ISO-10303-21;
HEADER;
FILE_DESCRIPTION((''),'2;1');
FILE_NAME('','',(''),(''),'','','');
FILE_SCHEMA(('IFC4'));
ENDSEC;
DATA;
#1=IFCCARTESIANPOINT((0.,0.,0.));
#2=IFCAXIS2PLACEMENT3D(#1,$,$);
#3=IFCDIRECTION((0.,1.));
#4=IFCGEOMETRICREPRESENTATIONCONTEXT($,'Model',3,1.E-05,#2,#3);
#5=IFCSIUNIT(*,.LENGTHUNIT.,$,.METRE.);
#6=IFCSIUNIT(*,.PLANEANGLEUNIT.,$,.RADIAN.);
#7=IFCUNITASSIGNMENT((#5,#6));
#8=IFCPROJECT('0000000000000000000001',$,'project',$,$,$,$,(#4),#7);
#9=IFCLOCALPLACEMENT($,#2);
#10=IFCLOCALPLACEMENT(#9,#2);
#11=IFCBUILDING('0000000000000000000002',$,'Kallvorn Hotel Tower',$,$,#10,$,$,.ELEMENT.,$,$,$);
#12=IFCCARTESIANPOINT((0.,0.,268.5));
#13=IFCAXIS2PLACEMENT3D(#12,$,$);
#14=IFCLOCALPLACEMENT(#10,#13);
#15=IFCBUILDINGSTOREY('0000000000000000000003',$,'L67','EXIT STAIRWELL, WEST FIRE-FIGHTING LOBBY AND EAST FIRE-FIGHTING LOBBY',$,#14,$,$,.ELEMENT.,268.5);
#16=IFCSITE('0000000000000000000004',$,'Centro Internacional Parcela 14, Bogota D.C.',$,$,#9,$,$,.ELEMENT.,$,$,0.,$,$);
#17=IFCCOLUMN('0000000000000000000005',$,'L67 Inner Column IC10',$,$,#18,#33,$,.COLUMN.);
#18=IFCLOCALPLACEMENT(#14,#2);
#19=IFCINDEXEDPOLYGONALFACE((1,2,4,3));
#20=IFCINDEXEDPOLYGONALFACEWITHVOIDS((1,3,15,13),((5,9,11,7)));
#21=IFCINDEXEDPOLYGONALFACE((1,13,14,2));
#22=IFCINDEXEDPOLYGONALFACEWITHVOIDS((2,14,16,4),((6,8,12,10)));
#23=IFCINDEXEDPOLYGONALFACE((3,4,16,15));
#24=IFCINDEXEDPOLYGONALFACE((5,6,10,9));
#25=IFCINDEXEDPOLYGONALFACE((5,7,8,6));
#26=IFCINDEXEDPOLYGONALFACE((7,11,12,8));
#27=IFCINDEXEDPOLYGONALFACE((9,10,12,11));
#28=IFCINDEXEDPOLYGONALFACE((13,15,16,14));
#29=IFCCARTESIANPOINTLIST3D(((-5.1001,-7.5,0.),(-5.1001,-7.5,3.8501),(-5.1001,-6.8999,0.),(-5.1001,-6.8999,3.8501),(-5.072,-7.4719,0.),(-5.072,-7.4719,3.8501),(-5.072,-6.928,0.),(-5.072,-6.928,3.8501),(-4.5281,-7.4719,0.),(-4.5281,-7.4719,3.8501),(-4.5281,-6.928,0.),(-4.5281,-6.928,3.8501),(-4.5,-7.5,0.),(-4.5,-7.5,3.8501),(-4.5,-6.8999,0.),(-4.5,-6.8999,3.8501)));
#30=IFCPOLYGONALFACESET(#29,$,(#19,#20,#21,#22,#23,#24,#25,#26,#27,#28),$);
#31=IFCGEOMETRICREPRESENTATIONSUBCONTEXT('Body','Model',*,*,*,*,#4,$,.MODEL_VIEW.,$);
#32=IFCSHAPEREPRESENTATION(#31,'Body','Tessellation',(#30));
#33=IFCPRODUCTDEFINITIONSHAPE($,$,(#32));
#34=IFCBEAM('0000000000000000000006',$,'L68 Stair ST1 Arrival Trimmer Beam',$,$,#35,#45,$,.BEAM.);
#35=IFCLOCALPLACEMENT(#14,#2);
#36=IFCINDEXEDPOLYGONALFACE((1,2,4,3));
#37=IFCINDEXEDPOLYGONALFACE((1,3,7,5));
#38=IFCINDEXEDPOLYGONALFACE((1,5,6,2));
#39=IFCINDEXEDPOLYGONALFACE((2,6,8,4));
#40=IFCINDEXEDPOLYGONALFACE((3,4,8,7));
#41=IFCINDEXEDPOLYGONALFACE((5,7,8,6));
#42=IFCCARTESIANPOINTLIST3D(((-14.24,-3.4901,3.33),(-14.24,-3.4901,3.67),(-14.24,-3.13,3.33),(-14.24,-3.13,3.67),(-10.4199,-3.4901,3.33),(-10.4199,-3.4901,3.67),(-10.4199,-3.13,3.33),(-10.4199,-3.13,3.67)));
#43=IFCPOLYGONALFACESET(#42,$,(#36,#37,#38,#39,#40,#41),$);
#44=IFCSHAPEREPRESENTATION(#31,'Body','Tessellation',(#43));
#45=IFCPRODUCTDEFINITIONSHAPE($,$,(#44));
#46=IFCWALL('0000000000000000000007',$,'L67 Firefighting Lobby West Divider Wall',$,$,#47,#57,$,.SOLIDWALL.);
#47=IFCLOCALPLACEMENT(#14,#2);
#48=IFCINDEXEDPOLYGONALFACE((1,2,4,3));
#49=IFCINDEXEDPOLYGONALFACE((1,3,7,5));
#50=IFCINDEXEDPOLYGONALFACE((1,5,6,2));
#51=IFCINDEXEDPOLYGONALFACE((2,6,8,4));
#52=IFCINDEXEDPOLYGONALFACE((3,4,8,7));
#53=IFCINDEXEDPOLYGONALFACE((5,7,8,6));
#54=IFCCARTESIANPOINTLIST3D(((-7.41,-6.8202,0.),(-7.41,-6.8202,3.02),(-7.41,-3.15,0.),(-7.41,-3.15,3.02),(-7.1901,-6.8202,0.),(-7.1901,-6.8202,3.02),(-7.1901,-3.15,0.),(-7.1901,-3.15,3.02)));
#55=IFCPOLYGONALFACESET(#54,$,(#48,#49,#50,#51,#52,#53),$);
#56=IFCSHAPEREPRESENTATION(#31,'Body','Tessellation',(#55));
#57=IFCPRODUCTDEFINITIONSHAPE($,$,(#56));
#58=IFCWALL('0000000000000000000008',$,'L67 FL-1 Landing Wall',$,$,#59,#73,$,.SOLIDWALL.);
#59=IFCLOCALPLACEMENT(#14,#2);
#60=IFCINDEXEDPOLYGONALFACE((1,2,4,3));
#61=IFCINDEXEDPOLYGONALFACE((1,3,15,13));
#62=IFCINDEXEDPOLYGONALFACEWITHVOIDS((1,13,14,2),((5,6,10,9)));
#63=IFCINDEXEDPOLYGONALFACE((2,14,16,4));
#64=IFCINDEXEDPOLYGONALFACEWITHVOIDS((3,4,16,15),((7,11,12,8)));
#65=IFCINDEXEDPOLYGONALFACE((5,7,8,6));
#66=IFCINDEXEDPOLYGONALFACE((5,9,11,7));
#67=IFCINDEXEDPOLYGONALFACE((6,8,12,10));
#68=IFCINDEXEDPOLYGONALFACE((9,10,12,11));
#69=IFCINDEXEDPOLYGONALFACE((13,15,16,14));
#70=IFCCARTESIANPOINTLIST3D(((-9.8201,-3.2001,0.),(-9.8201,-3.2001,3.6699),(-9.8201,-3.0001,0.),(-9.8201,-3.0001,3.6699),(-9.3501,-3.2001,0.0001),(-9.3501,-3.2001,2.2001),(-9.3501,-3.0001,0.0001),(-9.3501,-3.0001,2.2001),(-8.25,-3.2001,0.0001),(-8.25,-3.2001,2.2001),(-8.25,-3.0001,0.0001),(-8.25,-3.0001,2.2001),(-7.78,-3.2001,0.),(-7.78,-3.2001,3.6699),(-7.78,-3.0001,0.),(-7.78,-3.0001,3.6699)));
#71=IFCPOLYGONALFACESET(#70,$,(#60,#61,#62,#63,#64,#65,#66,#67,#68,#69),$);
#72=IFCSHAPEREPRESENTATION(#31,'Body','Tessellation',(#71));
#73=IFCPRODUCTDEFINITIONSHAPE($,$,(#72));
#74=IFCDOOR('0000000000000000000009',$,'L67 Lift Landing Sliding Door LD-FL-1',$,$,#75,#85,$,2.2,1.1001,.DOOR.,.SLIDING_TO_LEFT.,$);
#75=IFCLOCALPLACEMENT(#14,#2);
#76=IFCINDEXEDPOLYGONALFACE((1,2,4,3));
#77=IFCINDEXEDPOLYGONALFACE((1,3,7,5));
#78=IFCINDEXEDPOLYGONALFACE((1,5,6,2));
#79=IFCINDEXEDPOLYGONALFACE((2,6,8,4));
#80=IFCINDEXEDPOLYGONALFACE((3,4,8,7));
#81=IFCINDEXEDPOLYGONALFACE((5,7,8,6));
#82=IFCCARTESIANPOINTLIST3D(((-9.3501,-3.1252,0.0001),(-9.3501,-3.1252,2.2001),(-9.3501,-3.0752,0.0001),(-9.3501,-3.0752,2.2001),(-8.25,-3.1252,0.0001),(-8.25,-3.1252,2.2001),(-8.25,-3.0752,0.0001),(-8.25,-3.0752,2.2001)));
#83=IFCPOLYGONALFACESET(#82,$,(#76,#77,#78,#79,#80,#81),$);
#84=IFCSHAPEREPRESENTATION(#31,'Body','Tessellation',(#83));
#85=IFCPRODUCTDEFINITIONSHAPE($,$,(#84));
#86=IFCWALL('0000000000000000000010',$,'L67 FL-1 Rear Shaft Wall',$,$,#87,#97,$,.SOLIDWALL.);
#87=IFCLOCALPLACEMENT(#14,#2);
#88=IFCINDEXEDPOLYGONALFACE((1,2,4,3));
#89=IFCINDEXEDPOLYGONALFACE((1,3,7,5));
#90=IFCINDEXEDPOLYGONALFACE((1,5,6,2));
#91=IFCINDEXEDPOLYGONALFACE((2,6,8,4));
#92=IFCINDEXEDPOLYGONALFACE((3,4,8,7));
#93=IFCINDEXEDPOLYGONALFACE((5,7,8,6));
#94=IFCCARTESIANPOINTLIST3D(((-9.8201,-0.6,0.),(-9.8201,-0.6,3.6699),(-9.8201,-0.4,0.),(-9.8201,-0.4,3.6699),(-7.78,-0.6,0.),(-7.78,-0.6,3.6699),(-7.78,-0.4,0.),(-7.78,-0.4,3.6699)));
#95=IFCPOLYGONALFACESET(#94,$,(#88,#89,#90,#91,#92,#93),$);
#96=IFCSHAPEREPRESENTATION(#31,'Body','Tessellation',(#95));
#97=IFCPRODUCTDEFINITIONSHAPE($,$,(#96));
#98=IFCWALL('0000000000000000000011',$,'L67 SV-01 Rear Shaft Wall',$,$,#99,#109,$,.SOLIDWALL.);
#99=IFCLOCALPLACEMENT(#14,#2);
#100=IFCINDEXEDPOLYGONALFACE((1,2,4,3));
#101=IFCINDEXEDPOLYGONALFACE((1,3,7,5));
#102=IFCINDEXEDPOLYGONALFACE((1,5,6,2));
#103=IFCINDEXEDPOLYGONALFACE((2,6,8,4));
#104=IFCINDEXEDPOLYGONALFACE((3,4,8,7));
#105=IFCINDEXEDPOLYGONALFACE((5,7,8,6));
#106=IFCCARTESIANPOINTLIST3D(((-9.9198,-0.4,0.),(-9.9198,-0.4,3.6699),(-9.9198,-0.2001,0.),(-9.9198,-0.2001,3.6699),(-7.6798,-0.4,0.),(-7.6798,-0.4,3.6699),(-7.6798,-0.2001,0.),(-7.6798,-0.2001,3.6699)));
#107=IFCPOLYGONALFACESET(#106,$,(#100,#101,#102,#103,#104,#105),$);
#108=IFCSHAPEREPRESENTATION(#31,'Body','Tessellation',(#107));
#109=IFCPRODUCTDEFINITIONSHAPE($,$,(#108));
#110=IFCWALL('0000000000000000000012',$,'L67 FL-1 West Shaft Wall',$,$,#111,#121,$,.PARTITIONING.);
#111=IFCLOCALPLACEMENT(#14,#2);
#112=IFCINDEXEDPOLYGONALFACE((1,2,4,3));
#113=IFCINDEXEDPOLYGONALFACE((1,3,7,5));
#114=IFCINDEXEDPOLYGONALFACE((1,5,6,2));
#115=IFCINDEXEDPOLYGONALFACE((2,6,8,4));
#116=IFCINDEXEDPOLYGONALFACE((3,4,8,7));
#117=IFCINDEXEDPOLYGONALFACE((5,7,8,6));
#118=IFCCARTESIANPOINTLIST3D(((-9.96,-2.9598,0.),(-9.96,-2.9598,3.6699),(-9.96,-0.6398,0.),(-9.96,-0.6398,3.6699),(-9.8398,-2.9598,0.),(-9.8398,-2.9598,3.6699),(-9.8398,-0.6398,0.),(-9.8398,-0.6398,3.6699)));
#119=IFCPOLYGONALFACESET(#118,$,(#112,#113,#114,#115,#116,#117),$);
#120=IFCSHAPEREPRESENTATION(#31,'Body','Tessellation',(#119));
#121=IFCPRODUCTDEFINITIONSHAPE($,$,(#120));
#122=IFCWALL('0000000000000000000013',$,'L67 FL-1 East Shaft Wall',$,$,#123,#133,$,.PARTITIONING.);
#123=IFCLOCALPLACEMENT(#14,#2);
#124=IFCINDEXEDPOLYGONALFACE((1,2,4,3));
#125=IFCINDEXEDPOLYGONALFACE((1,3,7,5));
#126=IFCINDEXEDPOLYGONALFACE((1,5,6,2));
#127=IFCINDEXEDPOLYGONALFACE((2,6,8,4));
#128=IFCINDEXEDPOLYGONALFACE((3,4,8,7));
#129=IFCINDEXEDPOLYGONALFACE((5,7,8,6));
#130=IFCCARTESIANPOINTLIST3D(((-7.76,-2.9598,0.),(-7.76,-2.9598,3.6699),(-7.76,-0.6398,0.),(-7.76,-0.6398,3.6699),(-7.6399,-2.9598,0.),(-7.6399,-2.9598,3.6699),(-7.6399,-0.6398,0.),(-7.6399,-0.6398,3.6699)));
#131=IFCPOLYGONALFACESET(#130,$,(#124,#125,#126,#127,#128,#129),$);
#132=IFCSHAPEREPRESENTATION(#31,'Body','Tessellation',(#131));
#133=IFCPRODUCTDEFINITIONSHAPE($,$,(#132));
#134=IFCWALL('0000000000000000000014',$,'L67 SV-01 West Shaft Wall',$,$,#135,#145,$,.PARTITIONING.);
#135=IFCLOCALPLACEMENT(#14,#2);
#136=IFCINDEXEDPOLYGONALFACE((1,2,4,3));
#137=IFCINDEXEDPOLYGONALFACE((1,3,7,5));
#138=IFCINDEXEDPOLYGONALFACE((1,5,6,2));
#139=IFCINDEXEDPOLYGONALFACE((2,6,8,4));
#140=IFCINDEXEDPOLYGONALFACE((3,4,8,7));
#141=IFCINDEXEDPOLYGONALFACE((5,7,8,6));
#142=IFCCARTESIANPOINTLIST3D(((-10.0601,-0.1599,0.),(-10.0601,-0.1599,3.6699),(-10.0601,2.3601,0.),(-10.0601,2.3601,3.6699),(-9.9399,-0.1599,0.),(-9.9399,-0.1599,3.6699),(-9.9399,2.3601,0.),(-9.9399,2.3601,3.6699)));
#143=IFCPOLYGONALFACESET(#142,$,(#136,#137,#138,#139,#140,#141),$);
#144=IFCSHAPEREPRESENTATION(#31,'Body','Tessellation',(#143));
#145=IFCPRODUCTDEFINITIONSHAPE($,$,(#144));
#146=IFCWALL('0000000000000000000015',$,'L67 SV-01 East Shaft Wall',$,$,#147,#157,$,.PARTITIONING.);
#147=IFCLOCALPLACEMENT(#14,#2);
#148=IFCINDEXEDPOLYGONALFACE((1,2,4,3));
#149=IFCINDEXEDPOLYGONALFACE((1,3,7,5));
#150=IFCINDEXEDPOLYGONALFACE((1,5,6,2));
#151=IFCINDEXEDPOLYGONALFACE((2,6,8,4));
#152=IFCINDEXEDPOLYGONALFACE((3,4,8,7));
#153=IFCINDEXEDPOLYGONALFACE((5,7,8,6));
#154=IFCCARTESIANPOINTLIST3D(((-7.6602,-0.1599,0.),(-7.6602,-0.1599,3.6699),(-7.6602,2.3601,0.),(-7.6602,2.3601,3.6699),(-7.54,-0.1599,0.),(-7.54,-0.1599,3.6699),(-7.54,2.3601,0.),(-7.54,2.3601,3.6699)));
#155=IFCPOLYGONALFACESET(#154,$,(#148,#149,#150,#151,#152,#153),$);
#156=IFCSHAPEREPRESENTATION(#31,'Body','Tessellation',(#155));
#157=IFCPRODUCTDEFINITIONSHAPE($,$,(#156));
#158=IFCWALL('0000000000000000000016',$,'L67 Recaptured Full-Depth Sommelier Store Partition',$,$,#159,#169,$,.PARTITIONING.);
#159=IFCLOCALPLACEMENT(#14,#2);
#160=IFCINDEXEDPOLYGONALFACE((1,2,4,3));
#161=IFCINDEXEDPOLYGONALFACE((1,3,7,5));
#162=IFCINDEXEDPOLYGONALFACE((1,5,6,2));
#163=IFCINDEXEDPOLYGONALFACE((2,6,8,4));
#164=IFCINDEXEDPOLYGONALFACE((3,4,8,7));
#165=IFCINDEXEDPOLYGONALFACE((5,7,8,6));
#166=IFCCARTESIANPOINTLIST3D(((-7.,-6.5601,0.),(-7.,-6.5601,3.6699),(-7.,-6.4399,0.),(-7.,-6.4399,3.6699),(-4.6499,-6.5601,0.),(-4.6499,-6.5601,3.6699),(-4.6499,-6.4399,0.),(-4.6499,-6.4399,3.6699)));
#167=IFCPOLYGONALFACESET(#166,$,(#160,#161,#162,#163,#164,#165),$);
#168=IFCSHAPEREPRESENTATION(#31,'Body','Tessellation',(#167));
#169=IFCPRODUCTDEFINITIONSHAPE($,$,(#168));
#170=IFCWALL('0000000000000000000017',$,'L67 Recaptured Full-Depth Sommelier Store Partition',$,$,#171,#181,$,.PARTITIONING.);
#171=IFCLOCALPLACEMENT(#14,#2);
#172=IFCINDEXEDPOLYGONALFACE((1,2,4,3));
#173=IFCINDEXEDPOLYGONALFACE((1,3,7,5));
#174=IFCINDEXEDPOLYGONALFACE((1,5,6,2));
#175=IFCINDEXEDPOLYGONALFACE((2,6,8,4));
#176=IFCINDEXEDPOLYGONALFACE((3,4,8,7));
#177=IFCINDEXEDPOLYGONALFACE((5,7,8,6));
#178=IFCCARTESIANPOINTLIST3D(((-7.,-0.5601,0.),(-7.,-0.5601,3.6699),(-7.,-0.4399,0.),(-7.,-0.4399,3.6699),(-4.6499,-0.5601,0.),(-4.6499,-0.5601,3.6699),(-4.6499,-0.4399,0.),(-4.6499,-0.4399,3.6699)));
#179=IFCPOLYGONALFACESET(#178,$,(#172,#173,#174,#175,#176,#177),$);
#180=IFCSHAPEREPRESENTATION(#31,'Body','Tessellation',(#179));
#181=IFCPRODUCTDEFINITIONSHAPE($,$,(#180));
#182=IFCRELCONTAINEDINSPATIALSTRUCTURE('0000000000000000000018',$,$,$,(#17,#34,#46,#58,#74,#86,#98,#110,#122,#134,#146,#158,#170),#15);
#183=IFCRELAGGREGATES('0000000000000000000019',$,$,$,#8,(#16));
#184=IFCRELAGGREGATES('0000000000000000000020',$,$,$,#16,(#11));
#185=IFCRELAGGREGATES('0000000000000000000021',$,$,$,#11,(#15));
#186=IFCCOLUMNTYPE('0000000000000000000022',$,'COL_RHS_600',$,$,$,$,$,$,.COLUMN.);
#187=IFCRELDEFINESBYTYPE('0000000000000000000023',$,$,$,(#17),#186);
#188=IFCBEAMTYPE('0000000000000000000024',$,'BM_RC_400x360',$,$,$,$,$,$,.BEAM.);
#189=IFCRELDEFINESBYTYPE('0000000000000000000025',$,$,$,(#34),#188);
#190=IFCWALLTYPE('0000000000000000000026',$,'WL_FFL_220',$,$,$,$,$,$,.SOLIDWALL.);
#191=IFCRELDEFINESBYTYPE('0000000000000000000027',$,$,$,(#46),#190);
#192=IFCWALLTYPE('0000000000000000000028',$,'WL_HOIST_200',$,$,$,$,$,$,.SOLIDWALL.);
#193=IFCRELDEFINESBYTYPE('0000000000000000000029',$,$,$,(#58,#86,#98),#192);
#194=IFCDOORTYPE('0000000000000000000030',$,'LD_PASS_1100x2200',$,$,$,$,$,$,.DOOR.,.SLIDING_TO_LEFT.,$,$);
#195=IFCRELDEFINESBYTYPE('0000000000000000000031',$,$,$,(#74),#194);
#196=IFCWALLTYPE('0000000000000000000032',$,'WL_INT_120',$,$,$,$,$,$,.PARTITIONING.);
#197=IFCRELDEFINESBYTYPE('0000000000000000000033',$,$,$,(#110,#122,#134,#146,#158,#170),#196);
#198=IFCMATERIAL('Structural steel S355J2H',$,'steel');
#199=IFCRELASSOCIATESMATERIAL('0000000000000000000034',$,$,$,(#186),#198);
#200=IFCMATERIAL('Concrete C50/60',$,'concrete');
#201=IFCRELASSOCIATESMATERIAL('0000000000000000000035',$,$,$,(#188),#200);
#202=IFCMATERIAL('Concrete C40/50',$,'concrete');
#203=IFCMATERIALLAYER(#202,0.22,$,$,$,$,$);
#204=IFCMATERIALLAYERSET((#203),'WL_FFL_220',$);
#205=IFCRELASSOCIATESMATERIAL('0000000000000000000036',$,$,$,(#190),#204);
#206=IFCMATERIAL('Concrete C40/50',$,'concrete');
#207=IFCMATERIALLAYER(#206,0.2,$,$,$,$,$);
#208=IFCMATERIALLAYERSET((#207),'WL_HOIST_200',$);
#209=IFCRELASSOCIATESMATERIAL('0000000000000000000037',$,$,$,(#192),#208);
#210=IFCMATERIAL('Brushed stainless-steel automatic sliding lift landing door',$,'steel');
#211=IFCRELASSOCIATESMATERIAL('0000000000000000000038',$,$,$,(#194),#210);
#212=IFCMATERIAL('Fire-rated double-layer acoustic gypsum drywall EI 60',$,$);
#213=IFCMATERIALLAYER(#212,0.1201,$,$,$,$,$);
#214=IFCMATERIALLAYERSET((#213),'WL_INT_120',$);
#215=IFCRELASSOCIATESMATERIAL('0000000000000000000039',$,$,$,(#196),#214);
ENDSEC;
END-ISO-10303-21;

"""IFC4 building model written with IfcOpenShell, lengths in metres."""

from ifc_helpers import new_model, si_unit, direction, frame, frame_2d, origin, origin_2d, place, context, subcontext, project, spatial, rectangle, hollow_rectangle, extrude, material, layer, layer_set, material_profile, profile_set, type_object, element, fill, save


model = new_model("IFC4")

# Units and contexts
model_context = context("Model", 3, precision=1e-05, world=origin(), true_north=direction((0.0, 1.0)))
body_context = subcontext(model_context, "Body", "Model", "MODEL_VIEW")
ifc_project = project(units=[si_unit("LENGTHUNIT", "METRE"), si_unit("PLANEANGLEUNIT", "RADIAN")], contexts=[model_context])

# Site, building, storey
site_placement = place(None, origin())
site = spatial("IfcSite", under=ifc_project, at=site_placement, Name="Centro Internacional Parcela 14, Bogota D.C.", CompositionType="ELEMENT", RefElevation=0.0)
building_placement = place(site_placement, origin())
building = spatial("IfcBuilding", under=site, at=building_placement, Name="Kallvorn Hotel Tower", CompositionType="ELEMENT")
storey_placement = place(building_placement, frame((0.0, 0.0, 268.5)))
storey = spatial("IfcBuildingStorey", under=building, at=storey_placement, Name="L67", Description="EXIT STAIRWELL, WEST FIRE-FIGHTING LOBBY AND EAST FIRE-FIGHTING LOBBY", CompositionType="ELEMENT", Elevation=268.5)

# Column
ifc_material_1 = material(Name="Structural steel S355J2H", Category="steel")
ifc_material_profile_1 = material_profile(ifc_material_1, hollow_rectangle(XDim=0.6001, YDim=0.6001, WallThickness=0.0281, at=origin_2d()), Name="RHS 600x600x28")
ifc_profile_set_1 = profile_set([ifc_material_profile_1], Name="Structural steel S355J2H")
column_type = type_object("IfcColumnType", Name="COL_RHS_600", PredefinedType="COLUMN", material=ifc_profile_set_1)
column_placement = place(storey_placement, frame((-4.8, -7.2, 0.0), z_axis=(0.0, 0.0, 1.0), x_axis=(1.0, 0.0, 0.0)))
element("IfcColumn", 1, at=column_placement, inside=storey, type_object=column_type, Name="L67 Inner Column IC10", PredefinedType="COLUMN", context=body_context, shape_type="SweptSolid", body=[
    extrude(hollow_rectangle(XDim=0.6001, YDim=0.6001, WallThickness=0.0281, at=origin_2d()), origin(), (0.0, 0.0, 1.0), 3.8501),
])

# Beam
ifc_material_2 = material(Name="Concrete C50/60", Category="concrete")
ifc_material_profile_2 = material_profile(ifc_material_2, rectangle(XDim=0.3601, YDim=0.3401, at=origin_2d()), Name="RC 360x340")
ifc_profile_set_2 = profile_set([ifc_material_profile_2], Name="Concrete C50/60")
beam_type = type_object("IfcBeamType", Name="BM_RC_400x360", PredefinedType="BEAM", material=ifc_profile_set_2)
beam_placement = place(storey_placement, frame((-10.4199, -3.3101, 3.5), z_axis=(-1.0, 0.0, 0.0), x_axis=(0.0, -1.0, 0.0)))
element("IfcBeam", 2, at=beam_placement, inside=storey, type_object=beam_type, Name="L68 Stair ST1 Arrival Trimmer Beam", PredefinedType="BEAM", context=body_context, shape_type="SweptSolid", body=[
    extrude(rectangle(XDim=0.3601, YDim=0.3401, at=origin_2d()), origin(), (0.0, 0.0, 1.0), 3.8201),
])

# Wall
ifc_material_3 = material(Name="Concrete C40/50", Category="concrete")
ifc_layer_1 = layer(ifc_material_3, 0.22)
ifc_layer_set_1 = layer_set([ifc_layer_1], Name="WL_FFL_220")
wall_type_1 = type_object("IfcWallType", Name="WL_FFL_220", PredefinedType="SOLIDWALL", material=ifc_layer_set_1)
wall_1_placement = place(storey_placement, frame((-7.3, -6.8201, 0.0), z_axis=(0.0, 0.0, 1.0), x_axis=(0.0, 1.0, 0.0)))
element("IfcWall", 3, at=wall_1_placement, inside=storey, type_object=wall_type_1, Name="L67 Firefighting Lobby West Divider Wall", PredefinedType="SOLIDWALL", context=body_context, shape_type="SweptSolid", body=[
    extrude(rectangle(XDim=3.6702, YDim=0.22, at=frame_2d((1.835, 0.0))), origin(), (0.0, 0.0, 1.0), 3.02),
])

# Wall, opening, door
ifc_material_4 = material(Name="Concrete C40/50", Category="concrete")
ifc_layer_2 = layer(ifc_material_4, 0.2)
ifc_layer_set_2 = layer_set([ifc_layer_2], Name="WL_HOIST_200")
wall_type_2 = type_object("IfcWallType", Name="WL_HOIST_200", PredefinedType="SOLIDWALL", material=ifc_layer_set_2)
wall_2_placement = place(storey_placement, frame((-9.8201, -3.1001, 0.0), z_axis=(0.0, 0.0, 1.0), x_axis=(1.0, 0.0, 0.0)))
wall_2 = element("IfcWall", 4, at=wall_2_placement, inside=storey, type_object=wall_type_2, Name="L67 FL-1 Landing Wall", PredefinedType="SOLIDWALL", context=body_context, shape_type="SweptSolid", body=[
    extrude(rectangle(XDim=2.04, YDim=0.2, at=frame_2d((1.02, 0.0))), origin(), (0.0, 0.0, 1.0), 3.6699),
])
opening_1_placement = place(wall_2_placement, frame((0.47, 0.0, 0.0)))
opening_1 = element("IfcOpeningElement", 5, at=opening_1_placement, cuts=wall_2, PredefinedType="OPENING", context=body_context, shape_type="SweptSolid", body=[
    extrude(rectangle(XDim=1.1001, YDim=2.2, at=frame_2d((0.55, 1.1001))), frame((0.0, 0.115, 0.0), z_axis=(0.0, -1.0, 0.0), x_axis=(1.0, 0.0, 0.0)), (0.0, 0.0, 1.0), 0.23),
])
ifc_material_5 = material(Name="Brushed stainless-steel automatic sliding lift landing door", Category="steel")
door_type_1 = type_object("IfcDoorType", Name="LD_PASS_1100x2200", OperationType="SLIDING_TO_LEFT", PredefinedType="DOOR", material=ifc_material_5)
door_1_placement = place(opening_1_placement, origin())
door_1 = element("IfcDoor", 6, at=door_1_placement, inside=storey, type_object=door_type_1, Name="L67 Lift Landing Sliding Door LD-FL-1", OperationType="SLIDING_TO_LEFT", OverallHeight=2.2, OverallWidth=1.1001, PredefinedType="DOOR", context=body_context, shape_type="SweptSolid", body=[
    extrude(rectangle(XDim=1.1001, YDim=2.2, at=frame_2d((0.55, 1.1001))), frame((0.0, 0.0249, 0.0), z_axis=(0.0, -1.0, 0.0), x_axis=(1.0, 0.0, 0.0)), (0.0, 0.0, 1.0), 0.05),
])
fill(opening_1, door_1)

# Walls
wall_3_placement = place(storey_placement, frame((-9.8201, -0.5, 0.0), z_axis=(0.0, 0.0, 1.0), x_axis=(1.0, 0.0, 0.0)))
element("IfcWall", 7, at=wall_3_placement, inside=storey, type_object=wall_type_2, Name="L67 FL-1 Rear Shaft Wall", PredefinedType="SOLIDWALL", context=body_context, shape_type="SweptSolid", body=[
    extrude(rectangle(XDim=2.04, YDim=0.2, at=frame_2d((1.02, 0.0))), origin(), (0.0, 0.0, 1.0), 3.6699),
])
wall_4_placement = place(storey_placement, frame((-9.9199, -0.3, 0.0), z_axis=(0.0, 0.0, 1.0), x_axis=(1.0, 0.0, 0.0)))
element("IfcWall", 8, at=wall_4_placement, inside=storey, type_object=wall_type_2, Name="L67 SV-01 Rear Shaft Wall", PredefinedType="SOLIDWALL", context=body_context, shape_type="SweptSolid", body=[
    extrude(rectangle(XDim=2.24, YDim=0.2, at=frame_2d((1.1201, 0.0))), origin(), (0.0, 0.0, 1.0), 3.6699),
])
ifc_material_6 = material(Name="Fire-rated double-layer acoustic gypsum drywall EI 60")
ifc_layer_3 = layer(ifc_material_6, 0.1201)
ifc_layer_set_3 = layer_set([ifc_layer_3], Name="WL_INT_120")
wall_type_3 = type_object("IfcWallType", Name="WL_INT_120", PredefinedType="PARTITIONING", material=ifc_layer_set_3)
for number, where, z_axis, x_axis, name in (
    (9, (-9.8999, -2.96, 0.0), (0.0, 0.0, 1.0), (0.0, 1.0, 0.0), "L67 FL-1 West Shaft Wall"),
    (10, (-7.7, -2.96, 0.0), (0.0, 0.0, 1.0), (0.0, 1.0, 0.0), "L67 FL-1 East Shaft Wall"),
):
    element("IfcWall", number, at=place(storey_placement, frame(where, z_axis=z_axis, x_axis=x_axis)), inside=storey, type_object=wall_type_3, Name=name, PredefinedType="PARTITIONING", context=body_context, shape_type="SweptSolid", body=[
        extrude(rectangle(XDim=2.3201, YDim=0.1201, at=frame_2d((1.1602, 0.0))), origin(), (0.0, 0.0, 1.0), 3.6699),
    ])
for number, where, z_axis, x_axis, name in (
    (11, (-10.0, -0.1599, 0.0), (0.0, 0.0, 1.0), (0.0, 1.0, 0.0), "L67 SV-01 West Shaft Wall"),
    (12, (-7.6001, -0.1599, 0.0), (0.0, 0.0, 1.0), (0.0, 1.0, 0.0), "L67 SV-01 East Shaft Wall"),
):
    element("IfcWall", number, at=place(storey_placement, frame(where, z_axis=z_axis, x_axis=x_axis)), inside=storey, type_object=wall_type_3, Name=name, PredefinedType="PARTITIONING", context=body_context, shape_type="SweptSolid", body=[
        extrude(rectangle(XDim=2.52, YDim=0.1201, at=frame_2d((1.26, 0.0))), origin(), (0.0, 0.0, 1.0), 3.6699),
    ])
for number, where, z_axis, x_axis, name in (
    (13, (-7.0, -6.5, 0.0), (0.0, 0.0, 1.0), (1.0, 0.0, 0.0), "L67 Recaptured Full-Depth Sommelier Store Partition"),
    (14, (-7.0, -0.5, 0.0), (0.0, 0.0, 1.0), (1.0, 0.0, 0.0), "L67 Recaptured Full-Depth Sommelier Store Partition"),
):
    element("IfcWall", number, at=place(storey_placement, frame(where, z_axis=z_axis, x_axis=x_axis)), inside=storey, type_object=wall_type_3, Name=name, PredefinedType="PARTITIONING", context=body_context, shape_type="SweptSolid", body=[
        extrude(rectangle(XDim=2.3501, YDim=0.1201, at=frame_2d((1.175, 0.0))), origin(), (0.0, 0.0, 1.0), 3.6699),
    ])

save(model, "model.ifc")
